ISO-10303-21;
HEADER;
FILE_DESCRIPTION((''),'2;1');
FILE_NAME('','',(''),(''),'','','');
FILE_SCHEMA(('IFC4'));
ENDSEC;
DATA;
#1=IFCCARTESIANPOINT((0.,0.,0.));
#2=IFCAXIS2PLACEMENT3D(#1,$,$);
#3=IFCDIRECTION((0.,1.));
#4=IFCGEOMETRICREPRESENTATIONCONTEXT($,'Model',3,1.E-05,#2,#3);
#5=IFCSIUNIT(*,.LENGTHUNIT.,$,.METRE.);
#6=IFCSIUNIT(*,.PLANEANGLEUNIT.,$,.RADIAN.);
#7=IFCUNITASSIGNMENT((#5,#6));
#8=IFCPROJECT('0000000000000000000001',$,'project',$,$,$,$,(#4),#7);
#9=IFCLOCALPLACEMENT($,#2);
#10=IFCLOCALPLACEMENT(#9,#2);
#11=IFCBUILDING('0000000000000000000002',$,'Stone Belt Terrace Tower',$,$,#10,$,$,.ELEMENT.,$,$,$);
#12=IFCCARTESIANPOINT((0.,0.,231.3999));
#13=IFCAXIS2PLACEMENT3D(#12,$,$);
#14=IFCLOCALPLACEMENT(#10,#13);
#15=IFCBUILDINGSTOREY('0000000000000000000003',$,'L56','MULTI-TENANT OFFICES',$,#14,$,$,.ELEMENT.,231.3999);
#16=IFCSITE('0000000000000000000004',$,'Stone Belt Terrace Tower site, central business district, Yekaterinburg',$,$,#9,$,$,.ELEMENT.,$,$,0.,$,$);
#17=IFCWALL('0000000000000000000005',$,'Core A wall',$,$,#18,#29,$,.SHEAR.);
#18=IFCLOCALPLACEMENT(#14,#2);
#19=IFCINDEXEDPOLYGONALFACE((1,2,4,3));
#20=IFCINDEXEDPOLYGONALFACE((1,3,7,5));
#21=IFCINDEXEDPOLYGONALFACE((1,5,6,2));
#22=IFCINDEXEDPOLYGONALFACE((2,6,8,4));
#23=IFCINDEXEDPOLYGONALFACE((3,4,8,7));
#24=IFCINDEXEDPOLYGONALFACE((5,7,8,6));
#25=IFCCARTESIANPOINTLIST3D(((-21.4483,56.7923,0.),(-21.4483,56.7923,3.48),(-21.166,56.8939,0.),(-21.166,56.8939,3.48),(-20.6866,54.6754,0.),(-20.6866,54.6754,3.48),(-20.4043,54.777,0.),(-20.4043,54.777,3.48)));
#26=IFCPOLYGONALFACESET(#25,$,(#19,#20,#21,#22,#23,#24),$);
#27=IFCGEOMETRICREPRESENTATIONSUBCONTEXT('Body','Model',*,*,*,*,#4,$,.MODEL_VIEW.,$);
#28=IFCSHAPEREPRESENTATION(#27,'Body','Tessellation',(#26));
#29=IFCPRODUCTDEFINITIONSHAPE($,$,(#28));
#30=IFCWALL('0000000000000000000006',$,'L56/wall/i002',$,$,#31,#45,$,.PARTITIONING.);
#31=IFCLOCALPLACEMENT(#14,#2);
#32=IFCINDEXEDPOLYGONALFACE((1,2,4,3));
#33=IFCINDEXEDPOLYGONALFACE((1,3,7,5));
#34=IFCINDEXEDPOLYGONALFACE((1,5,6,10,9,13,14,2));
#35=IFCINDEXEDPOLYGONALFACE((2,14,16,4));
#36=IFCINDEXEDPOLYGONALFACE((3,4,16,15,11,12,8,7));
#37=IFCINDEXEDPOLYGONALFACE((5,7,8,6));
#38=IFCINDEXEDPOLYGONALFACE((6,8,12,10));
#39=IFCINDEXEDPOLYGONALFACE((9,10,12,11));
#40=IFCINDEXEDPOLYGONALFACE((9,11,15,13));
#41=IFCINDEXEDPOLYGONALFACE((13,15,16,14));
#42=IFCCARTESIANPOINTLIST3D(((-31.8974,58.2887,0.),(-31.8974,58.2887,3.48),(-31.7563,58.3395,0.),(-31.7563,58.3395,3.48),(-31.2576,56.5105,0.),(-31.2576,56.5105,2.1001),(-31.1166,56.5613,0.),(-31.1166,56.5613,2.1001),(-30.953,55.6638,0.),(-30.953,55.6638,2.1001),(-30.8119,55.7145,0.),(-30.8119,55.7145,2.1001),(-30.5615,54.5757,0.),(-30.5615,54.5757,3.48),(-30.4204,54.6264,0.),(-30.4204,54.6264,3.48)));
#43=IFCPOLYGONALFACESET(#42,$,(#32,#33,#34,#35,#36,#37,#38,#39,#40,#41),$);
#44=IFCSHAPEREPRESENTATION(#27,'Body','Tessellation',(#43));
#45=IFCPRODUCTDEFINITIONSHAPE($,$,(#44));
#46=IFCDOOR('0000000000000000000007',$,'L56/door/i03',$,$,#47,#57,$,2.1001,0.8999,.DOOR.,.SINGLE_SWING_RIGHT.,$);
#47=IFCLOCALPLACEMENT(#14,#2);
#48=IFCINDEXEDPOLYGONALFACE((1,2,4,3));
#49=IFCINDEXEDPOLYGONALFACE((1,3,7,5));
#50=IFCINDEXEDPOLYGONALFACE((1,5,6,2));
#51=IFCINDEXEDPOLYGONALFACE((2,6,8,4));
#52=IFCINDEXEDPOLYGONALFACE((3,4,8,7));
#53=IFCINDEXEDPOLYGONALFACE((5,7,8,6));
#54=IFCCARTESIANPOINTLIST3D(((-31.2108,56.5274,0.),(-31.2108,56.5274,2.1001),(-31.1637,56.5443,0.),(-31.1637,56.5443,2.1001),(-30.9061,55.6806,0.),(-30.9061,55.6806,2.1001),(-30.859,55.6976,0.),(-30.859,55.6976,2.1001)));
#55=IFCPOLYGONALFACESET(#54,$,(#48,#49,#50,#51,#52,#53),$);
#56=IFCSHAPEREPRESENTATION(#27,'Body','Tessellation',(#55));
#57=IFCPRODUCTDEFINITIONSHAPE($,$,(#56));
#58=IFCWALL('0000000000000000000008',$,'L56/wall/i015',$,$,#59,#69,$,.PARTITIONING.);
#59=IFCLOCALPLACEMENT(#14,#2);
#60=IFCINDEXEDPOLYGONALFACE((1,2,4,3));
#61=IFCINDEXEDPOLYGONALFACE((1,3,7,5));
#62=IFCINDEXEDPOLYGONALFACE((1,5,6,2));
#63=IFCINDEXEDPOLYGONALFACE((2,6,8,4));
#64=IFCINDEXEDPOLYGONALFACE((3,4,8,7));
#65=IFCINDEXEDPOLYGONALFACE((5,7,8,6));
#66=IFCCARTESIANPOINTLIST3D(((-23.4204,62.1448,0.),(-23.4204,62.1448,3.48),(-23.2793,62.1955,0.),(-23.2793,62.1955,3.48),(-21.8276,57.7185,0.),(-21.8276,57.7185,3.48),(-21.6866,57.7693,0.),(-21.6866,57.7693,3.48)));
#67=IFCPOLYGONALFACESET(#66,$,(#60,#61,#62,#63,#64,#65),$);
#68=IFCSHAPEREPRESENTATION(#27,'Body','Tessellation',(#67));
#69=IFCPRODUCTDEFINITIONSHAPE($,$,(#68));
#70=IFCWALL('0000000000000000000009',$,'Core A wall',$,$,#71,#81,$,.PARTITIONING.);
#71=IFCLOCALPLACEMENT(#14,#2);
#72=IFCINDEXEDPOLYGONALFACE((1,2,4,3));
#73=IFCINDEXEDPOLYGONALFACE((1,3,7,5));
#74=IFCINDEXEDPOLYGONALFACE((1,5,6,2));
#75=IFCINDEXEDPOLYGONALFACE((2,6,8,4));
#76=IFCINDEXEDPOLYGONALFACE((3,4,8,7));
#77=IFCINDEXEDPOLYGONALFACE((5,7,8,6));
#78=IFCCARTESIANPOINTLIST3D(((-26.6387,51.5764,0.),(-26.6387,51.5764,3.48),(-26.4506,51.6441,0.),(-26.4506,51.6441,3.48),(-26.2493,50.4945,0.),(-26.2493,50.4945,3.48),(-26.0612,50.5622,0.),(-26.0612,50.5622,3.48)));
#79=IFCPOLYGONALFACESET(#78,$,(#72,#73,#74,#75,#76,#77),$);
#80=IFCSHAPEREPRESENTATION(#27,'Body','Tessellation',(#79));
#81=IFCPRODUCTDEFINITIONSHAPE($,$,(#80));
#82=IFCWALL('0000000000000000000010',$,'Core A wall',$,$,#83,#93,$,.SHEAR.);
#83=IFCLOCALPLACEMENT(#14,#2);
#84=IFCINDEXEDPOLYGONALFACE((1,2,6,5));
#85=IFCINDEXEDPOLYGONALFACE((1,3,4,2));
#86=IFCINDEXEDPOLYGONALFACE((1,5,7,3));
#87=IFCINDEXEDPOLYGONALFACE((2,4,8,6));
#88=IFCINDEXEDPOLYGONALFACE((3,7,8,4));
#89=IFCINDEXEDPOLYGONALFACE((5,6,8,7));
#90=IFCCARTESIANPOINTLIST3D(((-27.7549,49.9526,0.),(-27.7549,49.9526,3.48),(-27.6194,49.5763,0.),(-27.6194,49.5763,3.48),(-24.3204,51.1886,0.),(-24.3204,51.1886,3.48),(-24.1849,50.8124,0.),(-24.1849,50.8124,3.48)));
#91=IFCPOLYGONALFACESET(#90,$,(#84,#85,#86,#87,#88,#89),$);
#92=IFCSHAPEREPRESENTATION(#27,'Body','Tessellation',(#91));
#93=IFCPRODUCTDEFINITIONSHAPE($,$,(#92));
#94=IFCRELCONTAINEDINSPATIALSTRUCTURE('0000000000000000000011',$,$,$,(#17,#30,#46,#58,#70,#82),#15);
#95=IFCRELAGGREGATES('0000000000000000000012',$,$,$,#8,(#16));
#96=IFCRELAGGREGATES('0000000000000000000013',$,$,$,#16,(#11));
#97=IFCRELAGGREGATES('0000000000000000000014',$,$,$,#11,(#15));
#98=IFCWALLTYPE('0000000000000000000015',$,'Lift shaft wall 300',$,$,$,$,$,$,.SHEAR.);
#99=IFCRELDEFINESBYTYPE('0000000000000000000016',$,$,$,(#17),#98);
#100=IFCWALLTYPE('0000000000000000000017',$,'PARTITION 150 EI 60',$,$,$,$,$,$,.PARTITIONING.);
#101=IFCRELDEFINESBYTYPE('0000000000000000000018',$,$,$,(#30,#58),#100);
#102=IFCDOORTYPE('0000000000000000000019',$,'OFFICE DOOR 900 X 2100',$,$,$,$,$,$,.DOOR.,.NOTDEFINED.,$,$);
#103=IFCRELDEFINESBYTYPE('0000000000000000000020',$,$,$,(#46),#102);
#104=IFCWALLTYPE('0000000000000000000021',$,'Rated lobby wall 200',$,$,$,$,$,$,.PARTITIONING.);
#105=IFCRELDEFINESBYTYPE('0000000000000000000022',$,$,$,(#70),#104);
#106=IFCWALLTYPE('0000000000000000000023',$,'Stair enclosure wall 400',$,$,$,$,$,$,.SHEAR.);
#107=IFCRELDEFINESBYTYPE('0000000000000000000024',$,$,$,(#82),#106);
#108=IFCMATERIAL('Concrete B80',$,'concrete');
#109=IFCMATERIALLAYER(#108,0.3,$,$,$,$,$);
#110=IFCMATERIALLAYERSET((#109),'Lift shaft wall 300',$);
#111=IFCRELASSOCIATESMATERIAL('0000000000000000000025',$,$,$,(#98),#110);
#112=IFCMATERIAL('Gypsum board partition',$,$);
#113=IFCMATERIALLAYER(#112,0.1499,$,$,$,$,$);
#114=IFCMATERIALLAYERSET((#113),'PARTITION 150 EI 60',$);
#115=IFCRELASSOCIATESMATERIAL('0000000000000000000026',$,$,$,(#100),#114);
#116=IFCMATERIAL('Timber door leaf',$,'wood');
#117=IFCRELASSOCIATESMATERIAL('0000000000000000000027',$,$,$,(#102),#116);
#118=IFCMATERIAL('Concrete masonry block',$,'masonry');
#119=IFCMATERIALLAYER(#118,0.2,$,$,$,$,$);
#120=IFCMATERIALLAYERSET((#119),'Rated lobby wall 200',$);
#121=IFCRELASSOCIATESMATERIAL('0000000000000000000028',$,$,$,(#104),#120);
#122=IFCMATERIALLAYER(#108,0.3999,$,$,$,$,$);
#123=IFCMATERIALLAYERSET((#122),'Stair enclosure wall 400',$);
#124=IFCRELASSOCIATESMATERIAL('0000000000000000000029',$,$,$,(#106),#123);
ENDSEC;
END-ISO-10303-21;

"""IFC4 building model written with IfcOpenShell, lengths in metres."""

from ifc_helpers import new_model, si_unit, direction, frame, frame_2d, origin, place, context, subcontext, project, spatial, rectangle, extrude, material, layer, layer_set, type_object, element, fill, save


model = new_model("IFC4")

# Units and contexts
model_context = context("Model", 3, precision=1e-05, world=origin(), true_north=direction((0.0, 1.0)))
body_context = subcontext(model_context, "Body", "Model", "MODEL_VIEW")
ifc_project = project(units=[si_unit("LENGTHUNIT", "METRE"), si_unit("PLANEANGLEUNIT", "RADIAN")], contexts=[model_context])

# Site, building, storey
site_placement = place(None, origin())
site = spatial("IfcSite", under=ifc_project, at=site_placement, Name="Stone Belt Terrace Tower site, central business district, Yekaterinburg", CompositionType="ELEMENT", RefElevation=0.0)
building_placement = place(site_placement, origin())
building = spatial("IfcBuilding", under=site, at=building_placement, Name="Stone Belt Terrace Tower", CompositionType="ELEMENT")
storey_placement = place(building_placement, frame((0.0, 0.0, 231.3999)))
storey = spatial("IfcBuildingStorey", under=building, at=storey_placement, Name="L56", Description="MULTI-TENANT OFFICES", CompositionType="ELEMENT", Elevation=231.3999)

# Shared definitions
ifc_material_1 = material(Name="Timber door leaf", Category="wood")

# Shared definitions
ifc_material_2 = material(Name="Concrete B80", Category="concrete")

# Shared definitions
ifc_layer_1 = layer(ifc_material_2, 0.3)
ifc_layer_set_1 = layer_set([ifc_layer_1], Name="Lift shaft wall 300")
wall_type_1 = type_object("IfcWallType", Name="Lift shaft wall 300", PredefinedType="SHEAR", material=ifc_layer_set_1)

# Wall
wall_1_placement = place(storey_placement, frame((-20.5454, 54.7261, 0.0), z_axis=(0.0, 0.0, 1.0), x_axis=(-0.33857, 0.940941, 0.0)))
element("IfcWall", 1, at=wall_1_placement, inside=storey, type_object=wall_type_1, Name="Core A wall", PredefinedType="SHEAR", context=body_context, shape_type="SweptSolid", body=[
    extrude(rectangle(XDim=2.2498, YDim=0.3, at=frame_2d((1.125, 0.0))), origin(), (0.0, 0.0, 1.0), 3.48),
])

# Wall, opening, door
ifc_material_3 = material(Name="Gypsum board partition")
ifc_layer_2 = layer(ifc_material_3, 0.1499)
ifc_layer_set_2 = layer_set([ifc_layer_2], Name="PARTITION 150 EI 60")
wall_type_2 = type_object("IfcWallType", Name="PARTITION 150 EI 60", PredefinedType="PARTITIONING", material=ifc_layer_set_2)
wall_2_placement = place(storey_placement, frame((-31.8269, 58.3142, 0.0), z_axis=(0.0, 0.0, 1.0), x_axis=(0.338542, -0.940951, 0.0)))
wall_2 = element("IfcWall", 2, at=wall_2_placement, inside=storey, type_object=wall_type_2, Name="L56/wall/i002", PredefinedType="PARTITIONING", context=body_context, shape_type="SweptSolid", body=[
    extrude(rectangle(XDim=3.946, YDim=0.1499, at=frame_2d((1.9731, 0.0))), origin(), (0.0, 0.0, 1.0), 3.48),
])
opening_1_placement = place(wall_2_placement, frame((1.8899, 0.0, 0.0)))
opening_1 = element("IfcOpeningElement", 3, at=opening_1_placement, cuts=wall_2, PredefinedType="OPENING", context=body_context, shape_type="SweptSolid", body=[
    extrude(rectangle(XDim=0.8999, YDim=2.1001, at=frame_2d((0.45, 1.05))), frame((0.0, 0.085, 0.0), z_axis=(0.0, -1.0, 0.0), x_axis=(1.0, 0.0, 0.0)), (0.0, 0.0, 1.0), 0.1699),
])
door_type_1 = type_object("IfcDoorType", Name="OFFICE DOOR 900 X 2100", OperationType="NOTDEFINED", PredefinedType="DOOR", material=ifc_material_1)
door_1_placement = place(opening_1_placement, origin())
door_1 = element("IfcDoor", 4, at=door_1_placement, inside=storey, type_object=door_type_1, Name="L56/door/i03", OperationType="SINGLE_SWING_RIGHT", OverallHeight=2.1001, OverallWidth=0.8999, PredefinedType="DOOR", context=body_context, shape_type="SweptSolid", body=[
    extrude(rectangle(XDim=0.8999, YDim=2.1001, at=frame_2d((0.45, 1.05))), frame((0.0, 0.0249, 0.0), z_axis=(0.0, -1.0, 0.0), x_axis=(1.0, 0.0, 0.0)), (0.0, 0.0, 1.0), 0.05),
])
fill(opening_1, door_1)

# Walls
wall_3_placement = place(storey_placement, frame((-23.3499, 62.1702, 0.0), z_axis=(0.0, 0.0, 1.0), x_axis=(0.338591, -0.940934, 0.0)))
element("IfcWall", 5, at=wall_3_placement, inside=storey, type_object=wall_type_2, Name="L56/wall/i015", PredefinedType="PARTITIONING", context=body_context, shape_type="SweptSolid", body=[
    extrude(rectangle(XDim=4.7041, YDim=0.1499, at=frame_2d((2.3521, 0.0))), origin(), (0.0, 0.0, 1.0), 3.48),
])
ifc_material_4 = material(Name="Concrete masonry block", Category="masonry")
ifc_layer_3 = layer(ifc_material_4, 0.2)
ifc_layer_set_3 = layer_set([ifc_layer_3], Name="Rated lobby wall 200")
wall_type_3 = type_object("IfcWallType", Name="Rated lobby wall 200", PredefinedType="PARTITIONING", material=ifc_layer_set_3)
wall_4_placement = place(storey_placement, frame((-26.1553, 50.5283, 0.0), z_axis=(0.0, 0.0, 1.0), x_axis=(-0.338622, 0.940923, 0.0)))
element("IfcWall", 6, at=wall_4_placement, inside=storey, type_object=wall_type_3, Name="Core A wall", PredefinedType="PARTITIONING", context=body_context, shape_type="SweptSolid", body=[
    extrude(rectangle(XDim=1.1499, YDim=0.2, at=frame_2d((0.575, 0.0))), origin(), (0.0, 0.0, 1.0), 3.48),
])
ifc_layer_4 = layer(ifc_material_2, 0.3999)
ifc_layer_set_4 = layer_set([ifc_layer_4], Name="Stair enclosure wall 400")
wall_type_4 = type_object("IfcWallType", Name="Stair enclosure wall 400", PredefinedType="SHEAR", material=ifc_layer_set_4)
wall_5_placement = place(storey_placement, frame((-27.6873, 49.7644, 0.0), z_axis=(0.0, 0.0, 1.0), x_axis=(0.940919, 0.338632, 0.0)))
element("IfcWall", 7, at=wall_5_placement, inside=storey, type_object=wall_type_4, Name="Core A wall", PredefinedType="SHEAR", context=body_context, shape_type="SweptSolid", body=[
    extrude(rectangle(XDim=3.6501, YDim=0.3999, at=frame_2d((1.8252, 0.0))), origin(), (0.0, 0.0, 1.0), 3.48),
])

save(model, "model.ifc")
